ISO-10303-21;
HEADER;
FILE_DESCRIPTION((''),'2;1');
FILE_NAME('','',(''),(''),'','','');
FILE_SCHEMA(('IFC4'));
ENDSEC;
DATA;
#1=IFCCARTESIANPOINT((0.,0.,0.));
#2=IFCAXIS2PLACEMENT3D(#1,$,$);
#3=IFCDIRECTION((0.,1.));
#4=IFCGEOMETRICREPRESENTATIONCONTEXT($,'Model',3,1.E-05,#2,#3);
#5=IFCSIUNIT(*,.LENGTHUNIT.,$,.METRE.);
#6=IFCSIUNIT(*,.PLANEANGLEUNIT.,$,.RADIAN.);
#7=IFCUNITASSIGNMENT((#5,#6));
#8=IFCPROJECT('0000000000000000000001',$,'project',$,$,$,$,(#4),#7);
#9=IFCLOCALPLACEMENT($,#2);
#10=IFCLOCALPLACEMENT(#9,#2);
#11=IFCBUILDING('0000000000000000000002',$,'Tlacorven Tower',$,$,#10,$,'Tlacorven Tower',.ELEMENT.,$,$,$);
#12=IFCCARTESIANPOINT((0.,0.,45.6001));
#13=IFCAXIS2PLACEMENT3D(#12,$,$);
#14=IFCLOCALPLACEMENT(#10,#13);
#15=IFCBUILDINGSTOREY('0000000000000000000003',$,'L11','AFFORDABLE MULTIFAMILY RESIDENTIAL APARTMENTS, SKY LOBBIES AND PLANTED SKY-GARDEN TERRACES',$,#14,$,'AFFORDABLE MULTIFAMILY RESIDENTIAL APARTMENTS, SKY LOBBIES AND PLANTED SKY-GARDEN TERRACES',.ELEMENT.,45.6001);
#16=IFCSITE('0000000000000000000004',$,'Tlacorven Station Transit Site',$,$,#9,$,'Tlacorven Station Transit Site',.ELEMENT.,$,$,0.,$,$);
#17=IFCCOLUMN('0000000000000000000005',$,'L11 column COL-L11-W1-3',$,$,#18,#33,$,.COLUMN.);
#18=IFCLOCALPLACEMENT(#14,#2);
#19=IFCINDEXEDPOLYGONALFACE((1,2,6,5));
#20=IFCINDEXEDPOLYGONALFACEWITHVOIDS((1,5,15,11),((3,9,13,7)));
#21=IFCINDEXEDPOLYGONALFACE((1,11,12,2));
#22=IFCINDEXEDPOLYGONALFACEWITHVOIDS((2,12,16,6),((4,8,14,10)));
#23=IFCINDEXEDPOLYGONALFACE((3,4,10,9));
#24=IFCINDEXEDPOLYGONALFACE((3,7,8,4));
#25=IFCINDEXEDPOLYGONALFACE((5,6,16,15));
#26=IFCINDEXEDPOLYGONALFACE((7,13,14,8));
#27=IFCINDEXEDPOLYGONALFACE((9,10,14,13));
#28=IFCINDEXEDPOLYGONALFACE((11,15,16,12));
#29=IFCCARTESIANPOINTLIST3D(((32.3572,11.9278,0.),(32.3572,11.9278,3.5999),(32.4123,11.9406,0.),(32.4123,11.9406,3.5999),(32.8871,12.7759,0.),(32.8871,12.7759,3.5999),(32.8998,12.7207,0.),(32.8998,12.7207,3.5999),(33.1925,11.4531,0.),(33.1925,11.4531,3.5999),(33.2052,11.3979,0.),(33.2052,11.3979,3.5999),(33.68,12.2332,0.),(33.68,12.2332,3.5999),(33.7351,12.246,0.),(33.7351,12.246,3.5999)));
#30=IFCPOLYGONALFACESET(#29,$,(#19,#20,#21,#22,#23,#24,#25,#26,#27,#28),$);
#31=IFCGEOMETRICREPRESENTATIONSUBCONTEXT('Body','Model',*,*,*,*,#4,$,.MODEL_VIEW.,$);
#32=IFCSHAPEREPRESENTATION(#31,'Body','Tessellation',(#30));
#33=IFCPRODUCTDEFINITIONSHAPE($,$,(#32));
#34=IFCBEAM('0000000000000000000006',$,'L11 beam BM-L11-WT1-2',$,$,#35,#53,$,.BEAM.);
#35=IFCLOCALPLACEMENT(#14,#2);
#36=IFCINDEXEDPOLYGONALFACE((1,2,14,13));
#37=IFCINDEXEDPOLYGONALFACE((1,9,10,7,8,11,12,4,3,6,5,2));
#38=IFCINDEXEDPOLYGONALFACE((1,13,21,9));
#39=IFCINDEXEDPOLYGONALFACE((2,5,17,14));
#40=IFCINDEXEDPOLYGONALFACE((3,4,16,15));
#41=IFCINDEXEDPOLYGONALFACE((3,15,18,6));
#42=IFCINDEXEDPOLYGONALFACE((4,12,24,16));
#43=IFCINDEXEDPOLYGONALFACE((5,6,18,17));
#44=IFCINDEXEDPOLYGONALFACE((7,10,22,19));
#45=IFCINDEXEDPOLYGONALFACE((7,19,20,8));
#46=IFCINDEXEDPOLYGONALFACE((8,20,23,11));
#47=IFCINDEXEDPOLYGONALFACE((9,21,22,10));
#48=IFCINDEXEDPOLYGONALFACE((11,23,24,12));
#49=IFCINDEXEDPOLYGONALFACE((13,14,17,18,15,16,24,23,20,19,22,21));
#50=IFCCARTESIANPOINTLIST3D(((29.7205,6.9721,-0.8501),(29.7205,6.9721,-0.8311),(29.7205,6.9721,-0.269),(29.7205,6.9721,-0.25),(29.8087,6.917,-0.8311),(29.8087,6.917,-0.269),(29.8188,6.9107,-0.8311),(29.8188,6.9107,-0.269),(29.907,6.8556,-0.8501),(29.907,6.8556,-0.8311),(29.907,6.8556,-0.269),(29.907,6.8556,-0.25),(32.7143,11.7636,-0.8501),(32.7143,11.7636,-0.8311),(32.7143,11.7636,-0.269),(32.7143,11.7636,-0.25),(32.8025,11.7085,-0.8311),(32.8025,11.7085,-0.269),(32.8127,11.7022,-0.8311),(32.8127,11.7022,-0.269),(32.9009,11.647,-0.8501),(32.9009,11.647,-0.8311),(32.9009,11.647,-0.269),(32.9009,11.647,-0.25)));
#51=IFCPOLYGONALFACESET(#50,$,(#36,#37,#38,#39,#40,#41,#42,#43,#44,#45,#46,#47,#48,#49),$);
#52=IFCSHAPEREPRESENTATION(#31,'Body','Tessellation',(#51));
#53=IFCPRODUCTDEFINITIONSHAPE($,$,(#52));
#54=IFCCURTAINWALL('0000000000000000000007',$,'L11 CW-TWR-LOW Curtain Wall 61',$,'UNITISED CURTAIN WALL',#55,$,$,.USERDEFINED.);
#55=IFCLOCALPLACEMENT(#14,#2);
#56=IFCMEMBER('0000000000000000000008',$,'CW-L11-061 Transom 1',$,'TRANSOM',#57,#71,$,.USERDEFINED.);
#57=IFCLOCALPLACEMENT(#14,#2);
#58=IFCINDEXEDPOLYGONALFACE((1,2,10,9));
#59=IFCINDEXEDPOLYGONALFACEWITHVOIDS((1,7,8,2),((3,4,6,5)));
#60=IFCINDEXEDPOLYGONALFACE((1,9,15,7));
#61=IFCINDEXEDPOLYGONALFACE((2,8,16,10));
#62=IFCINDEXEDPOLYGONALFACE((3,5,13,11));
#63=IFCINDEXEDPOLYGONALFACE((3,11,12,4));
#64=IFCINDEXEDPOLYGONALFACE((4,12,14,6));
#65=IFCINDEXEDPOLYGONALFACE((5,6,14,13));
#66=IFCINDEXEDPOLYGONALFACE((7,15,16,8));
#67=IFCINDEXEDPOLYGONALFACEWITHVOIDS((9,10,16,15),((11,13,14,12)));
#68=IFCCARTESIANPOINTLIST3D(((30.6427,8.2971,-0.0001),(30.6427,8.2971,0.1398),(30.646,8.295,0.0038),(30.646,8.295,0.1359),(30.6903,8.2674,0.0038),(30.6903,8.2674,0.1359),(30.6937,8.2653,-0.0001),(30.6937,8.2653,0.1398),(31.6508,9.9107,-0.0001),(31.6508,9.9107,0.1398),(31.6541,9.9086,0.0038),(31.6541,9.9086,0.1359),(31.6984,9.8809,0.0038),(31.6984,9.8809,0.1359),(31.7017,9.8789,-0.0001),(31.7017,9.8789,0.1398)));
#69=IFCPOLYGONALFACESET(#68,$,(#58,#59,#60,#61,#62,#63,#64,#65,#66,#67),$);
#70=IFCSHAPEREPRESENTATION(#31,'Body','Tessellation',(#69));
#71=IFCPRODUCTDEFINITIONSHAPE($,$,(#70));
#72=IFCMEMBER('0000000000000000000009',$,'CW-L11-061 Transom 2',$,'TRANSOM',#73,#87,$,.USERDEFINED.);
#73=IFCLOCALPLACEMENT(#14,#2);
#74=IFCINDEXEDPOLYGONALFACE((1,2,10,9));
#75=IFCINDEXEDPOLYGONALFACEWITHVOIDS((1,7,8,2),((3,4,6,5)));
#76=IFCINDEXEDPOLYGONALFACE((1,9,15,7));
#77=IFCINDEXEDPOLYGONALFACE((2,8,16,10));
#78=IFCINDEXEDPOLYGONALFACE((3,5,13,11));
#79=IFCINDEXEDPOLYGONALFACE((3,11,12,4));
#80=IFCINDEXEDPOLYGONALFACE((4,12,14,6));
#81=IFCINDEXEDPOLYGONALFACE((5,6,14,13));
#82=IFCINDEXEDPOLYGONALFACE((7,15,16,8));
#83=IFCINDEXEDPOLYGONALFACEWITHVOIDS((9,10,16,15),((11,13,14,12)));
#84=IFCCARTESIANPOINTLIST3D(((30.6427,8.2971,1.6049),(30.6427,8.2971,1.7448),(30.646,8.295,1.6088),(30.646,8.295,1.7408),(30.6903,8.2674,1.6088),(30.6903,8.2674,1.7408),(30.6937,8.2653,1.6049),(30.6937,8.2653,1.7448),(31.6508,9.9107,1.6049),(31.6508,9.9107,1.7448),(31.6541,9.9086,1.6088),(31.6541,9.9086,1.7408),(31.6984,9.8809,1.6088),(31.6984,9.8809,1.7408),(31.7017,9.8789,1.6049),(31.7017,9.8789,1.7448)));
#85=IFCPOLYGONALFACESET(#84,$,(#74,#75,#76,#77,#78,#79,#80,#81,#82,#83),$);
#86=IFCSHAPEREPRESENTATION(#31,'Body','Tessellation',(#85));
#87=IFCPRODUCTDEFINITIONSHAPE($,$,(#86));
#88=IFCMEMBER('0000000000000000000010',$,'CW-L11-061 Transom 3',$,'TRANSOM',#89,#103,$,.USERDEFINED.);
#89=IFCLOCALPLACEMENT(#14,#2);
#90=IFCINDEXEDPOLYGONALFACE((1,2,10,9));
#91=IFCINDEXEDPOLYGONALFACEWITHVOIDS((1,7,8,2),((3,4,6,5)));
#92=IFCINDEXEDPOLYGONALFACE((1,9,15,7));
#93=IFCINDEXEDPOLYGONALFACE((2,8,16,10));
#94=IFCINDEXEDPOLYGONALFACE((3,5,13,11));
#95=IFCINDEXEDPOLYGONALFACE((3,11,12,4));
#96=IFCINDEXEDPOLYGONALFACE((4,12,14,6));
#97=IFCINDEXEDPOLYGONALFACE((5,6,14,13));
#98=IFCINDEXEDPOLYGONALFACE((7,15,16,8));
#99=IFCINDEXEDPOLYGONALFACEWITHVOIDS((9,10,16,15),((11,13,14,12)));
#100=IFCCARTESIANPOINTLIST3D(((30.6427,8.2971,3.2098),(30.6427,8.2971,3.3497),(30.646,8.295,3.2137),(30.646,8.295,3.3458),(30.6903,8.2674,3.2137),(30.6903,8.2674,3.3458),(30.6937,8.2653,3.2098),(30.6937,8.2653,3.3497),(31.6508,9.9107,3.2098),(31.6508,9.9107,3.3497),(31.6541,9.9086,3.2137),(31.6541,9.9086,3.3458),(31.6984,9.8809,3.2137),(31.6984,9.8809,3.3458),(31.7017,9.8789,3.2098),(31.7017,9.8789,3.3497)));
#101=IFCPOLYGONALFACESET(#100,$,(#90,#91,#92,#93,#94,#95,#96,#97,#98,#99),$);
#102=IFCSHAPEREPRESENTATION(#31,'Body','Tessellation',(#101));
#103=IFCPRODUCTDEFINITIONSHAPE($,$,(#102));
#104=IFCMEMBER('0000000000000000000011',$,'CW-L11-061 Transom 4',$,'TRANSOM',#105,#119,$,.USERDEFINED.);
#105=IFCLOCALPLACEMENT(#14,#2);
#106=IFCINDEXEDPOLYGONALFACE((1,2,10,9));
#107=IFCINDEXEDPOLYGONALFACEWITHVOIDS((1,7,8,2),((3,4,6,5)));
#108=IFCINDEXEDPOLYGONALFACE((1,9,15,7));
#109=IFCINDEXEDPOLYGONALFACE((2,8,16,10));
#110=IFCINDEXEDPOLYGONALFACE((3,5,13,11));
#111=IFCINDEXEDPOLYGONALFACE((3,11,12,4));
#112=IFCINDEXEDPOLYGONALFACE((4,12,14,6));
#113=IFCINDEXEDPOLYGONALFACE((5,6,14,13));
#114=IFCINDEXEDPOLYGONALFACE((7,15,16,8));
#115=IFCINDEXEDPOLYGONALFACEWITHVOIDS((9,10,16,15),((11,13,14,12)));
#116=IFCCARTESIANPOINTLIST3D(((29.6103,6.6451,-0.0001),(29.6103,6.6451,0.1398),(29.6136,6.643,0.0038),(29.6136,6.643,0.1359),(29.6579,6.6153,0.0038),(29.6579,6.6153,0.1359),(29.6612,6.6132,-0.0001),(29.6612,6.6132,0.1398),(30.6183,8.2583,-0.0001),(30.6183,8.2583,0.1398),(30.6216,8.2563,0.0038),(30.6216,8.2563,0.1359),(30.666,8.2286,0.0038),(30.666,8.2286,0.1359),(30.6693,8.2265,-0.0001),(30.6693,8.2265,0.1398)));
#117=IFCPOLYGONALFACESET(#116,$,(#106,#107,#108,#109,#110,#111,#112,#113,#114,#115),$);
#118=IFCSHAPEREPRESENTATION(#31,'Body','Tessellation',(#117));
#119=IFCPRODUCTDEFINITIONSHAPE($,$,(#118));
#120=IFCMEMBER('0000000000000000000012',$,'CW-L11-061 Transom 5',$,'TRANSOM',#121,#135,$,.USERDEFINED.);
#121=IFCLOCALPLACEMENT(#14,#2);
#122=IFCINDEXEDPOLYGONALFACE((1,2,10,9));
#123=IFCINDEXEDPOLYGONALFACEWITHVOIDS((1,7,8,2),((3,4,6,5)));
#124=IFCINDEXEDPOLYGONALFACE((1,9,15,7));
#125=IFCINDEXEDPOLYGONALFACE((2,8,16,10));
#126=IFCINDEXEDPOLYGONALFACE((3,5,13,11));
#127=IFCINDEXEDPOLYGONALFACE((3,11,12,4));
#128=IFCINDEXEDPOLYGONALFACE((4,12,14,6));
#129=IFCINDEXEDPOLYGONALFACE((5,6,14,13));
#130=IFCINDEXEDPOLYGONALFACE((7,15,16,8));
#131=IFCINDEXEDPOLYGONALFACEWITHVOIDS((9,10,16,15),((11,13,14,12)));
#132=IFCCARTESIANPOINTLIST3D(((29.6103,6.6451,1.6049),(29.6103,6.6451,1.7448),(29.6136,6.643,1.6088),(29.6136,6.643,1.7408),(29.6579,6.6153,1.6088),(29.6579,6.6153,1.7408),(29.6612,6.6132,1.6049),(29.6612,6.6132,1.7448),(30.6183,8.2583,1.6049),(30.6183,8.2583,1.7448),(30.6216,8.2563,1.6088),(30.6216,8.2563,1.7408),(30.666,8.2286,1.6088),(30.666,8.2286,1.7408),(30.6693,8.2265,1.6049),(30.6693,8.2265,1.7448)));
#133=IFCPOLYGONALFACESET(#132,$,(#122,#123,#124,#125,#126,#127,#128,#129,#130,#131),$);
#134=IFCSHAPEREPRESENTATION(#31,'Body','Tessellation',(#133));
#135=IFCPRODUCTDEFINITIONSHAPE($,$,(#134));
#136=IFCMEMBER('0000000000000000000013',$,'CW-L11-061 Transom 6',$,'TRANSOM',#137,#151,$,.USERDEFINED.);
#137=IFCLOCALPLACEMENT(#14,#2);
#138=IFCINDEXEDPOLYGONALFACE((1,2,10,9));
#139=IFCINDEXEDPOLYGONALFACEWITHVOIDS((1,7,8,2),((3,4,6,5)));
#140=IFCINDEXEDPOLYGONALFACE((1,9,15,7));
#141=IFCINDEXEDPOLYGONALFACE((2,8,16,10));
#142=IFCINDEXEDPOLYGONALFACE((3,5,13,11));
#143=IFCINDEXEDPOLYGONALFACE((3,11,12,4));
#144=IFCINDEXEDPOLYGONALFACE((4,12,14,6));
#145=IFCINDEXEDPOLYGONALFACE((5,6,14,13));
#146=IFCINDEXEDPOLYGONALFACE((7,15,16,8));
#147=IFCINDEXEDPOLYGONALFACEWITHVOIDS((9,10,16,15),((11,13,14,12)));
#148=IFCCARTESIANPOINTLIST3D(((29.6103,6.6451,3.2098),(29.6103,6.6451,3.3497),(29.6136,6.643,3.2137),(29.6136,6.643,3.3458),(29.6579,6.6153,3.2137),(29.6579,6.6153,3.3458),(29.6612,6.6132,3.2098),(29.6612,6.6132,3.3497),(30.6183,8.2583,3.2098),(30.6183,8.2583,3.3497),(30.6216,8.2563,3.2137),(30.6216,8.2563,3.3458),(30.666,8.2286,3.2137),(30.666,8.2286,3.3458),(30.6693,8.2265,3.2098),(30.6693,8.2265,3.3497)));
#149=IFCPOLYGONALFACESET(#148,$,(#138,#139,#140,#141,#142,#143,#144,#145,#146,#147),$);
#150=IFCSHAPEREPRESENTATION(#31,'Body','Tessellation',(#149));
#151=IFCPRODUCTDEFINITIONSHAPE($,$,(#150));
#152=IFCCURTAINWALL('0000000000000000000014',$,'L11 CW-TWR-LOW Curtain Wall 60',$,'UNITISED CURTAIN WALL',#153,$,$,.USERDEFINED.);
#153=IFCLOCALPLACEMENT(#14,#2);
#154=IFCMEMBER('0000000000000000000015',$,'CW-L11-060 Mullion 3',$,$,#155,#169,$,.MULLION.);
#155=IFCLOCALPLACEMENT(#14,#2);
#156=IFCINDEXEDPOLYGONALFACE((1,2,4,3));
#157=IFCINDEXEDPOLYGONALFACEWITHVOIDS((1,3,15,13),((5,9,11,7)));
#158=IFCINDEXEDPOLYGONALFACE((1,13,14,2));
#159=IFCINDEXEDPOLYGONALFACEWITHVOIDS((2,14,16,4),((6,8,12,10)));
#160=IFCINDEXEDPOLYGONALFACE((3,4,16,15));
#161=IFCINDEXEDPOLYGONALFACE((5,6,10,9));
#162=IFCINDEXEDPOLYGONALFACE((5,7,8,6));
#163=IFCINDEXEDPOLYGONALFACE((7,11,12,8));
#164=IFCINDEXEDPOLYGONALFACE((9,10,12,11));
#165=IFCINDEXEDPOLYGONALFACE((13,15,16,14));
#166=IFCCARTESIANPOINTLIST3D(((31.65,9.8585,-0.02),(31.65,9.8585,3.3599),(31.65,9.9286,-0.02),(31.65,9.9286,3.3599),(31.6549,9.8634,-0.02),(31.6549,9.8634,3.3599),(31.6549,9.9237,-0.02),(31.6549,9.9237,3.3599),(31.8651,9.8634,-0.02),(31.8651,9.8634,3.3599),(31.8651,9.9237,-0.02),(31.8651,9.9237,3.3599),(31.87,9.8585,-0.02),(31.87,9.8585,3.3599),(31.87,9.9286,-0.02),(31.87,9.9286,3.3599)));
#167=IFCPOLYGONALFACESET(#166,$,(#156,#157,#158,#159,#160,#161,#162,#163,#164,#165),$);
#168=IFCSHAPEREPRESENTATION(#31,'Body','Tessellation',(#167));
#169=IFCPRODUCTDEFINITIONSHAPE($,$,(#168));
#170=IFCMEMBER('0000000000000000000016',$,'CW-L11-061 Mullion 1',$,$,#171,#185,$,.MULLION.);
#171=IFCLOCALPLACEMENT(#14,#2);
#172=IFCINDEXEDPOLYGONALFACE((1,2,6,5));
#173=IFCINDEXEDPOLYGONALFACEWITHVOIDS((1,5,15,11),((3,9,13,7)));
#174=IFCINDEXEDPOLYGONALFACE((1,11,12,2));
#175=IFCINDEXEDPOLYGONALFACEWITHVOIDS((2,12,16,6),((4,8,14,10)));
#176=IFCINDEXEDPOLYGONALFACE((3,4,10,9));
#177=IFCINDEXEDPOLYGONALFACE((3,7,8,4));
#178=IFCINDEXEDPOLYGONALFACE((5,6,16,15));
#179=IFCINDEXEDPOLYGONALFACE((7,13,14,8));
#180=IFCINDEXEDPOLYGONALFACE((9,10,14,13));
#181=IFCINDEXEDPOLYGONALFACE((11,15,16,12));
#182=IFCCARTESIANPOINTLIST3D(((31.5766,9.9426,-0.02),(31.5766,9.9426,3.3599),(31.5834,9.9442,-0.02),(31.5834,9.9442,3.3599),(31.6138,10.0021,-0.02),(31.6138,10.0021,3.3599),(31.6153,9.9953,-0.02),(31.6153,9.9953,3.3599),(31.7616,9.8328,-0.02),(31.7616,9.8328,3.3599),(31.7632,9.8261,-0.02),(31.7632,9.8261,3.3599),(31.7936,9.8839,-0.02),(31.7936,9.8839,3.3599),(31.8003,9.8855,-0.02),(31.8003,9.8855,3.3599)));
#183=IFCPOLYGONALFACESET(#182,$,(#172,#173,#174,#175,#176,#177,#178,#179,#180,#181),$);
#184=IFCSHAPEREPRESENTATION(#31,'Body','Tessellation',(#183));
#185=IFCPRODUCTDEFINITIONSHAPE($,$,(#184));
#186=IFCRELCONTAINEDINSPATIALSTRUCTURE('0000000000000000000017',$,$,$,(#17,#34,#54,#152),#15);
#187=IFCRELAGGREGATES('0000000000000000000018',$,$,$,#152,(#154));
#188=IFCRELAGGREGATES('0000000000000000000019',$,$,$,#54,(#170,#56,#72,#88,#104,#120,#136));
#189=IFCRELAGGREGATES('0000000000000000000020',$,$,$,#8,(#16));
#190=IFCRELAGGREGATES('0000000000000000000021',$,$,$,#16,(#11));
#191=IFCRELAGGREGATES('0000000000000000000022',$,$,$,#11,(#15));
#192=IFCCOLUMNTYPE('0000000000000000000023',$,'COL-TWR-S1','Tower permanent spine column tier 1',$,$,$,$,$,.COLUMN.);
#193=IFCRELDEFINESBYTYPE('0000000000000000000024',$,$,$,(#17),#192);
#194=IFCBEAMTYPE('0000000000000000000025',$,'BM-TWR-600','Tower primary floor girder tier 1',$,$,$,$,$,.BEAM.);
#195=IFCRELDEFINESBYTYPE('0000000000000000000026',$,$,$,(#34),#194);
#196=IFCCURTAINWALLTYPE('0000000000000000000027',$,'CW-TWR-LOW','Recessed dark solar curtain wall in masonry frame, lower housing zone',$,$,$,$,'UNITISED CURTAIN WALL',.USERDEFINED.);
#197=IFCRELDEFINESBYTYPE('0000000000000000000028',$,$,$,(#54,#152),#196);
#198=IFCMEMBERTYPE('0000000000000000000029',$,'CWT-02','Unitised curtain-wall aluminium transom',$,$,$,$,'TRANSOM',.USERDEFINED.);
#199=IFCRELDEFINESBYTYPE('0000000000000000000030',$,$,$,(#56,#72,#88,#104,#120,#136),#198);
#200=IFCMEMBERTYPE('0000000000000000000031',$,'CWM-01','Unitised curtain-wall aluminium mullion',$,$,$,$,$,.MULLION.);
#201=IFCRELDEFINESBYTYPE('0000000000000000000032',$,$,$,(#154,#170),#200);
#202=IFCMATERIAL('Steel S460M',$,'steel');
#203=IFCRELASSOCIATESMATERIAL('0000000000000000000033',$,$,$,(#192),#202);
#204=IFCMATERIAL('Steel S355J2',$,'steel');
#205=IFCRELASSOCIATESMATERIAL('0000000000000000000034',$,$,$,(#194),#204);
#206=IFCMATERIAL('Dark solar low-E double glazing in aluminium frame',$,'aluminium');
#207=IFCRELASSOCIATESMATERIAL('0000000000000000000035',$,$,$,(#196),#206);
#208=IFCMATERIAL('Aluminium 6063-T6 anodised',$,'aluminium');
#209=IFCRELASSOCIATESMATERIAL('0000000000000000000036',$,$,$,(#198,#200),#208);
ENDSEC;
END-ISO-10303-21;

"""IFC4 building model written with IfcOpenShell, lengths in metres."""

from ifc_helpers import new_model, si_unit, direction, frame, origin, origin_2d, place, context, subcontext, project, spatial, hollow_rectangle, i_section, extrude, source, transform, mapped, material, material_profile, profile_set, type_object, element, aggregate, save


model = new_model("IFC4")

# Units and contexts
model_context = context("Model", 3, precision=1e-05, world=origin(), true_north=direction((0.0, 1.0)))
body_context = subcontext(model_context, "Body", "Model", "MODEL_VIEW")
ifc_project = project(units=[si_unit("LENGTHUNIT", "METRE"), si_unit("PLANEANGLEUNIT", "RADIAN")], contexts=[model_context])

# Site, building, storey
site_placement = place(None, origin())
site = spatial("IfcSite", under=ifc_project, at=site_placement, Name="Tlacorven Station Transit Site", LongName="Tlacorven Station Transit Site", CompositionType="ELEMENT", RefElevation=0.0)
building_placement = place(site_placement, origin())
building = spatial("IfcBuilding", under=site, at=building_placement, Name="Tlacorven Tower", LongName="Tlacorven Tower", CompositionType="ELEMENT")
storey_placement = place(building_placement, frame((0.0, 0.0, 45.6001)))
storey = spatial("IfcBuildingStorey", under=building, at=storey_placement, Name="L11", Description="AFFORDABLE MULTIFAMILY RESIDENTIAL APARTMENTS, SKY LOBBIES AND PLANTED SKY-GARDEN TERRACES", LongName="AFFORDABLE MULTIFAMILY RESIDENTIAL APARTMENTS, SKY LOBBIES AND PLANTED SKY-GARDEN TERRACES", CompositionType="ELEMENT", Elevation=45.6001)

# Column
ifc_material_1 = material(Name="Steel S460M", Category="steel")
ifc_material_profile_1 = material_profile(ifc_material_1, hollow_rectangle(XDim=1.0, YDim=1.0, WallThickness=0.04, at=origin_2d()), Name="BOX 1000X1000X40")
ifc_profile_set_1 = profile_set([ifc_material_profile_1], Name="Steel S460M")
column_type = type_object("IfcColumnType", Name="COL-TWR-S1", Description="Tower permanent spine column tier 1", PredefinedType="COLUMN", material=ifc_profile_set_1)
shared_shape_1 = source(origin(), body_context, "Body", "SweptSolid", [
    extrude(hollow_rectangle(XDim=1.0, YDim=1.0, WallThickness=0.04, at=origin_2d()), origin(), (0.0, 0.0, 1.0), 3.5999),
])
column_placement = place(storey_placement, frame((33.0461, 12.0869, 0.0), z_axis=(0.0, 0.0, 1.0), x_axis=(-0.848048, 0.529919, 0.0)))
element("IfcColumn", 1, at=column_placement, inside=storey, type_object=column_type, Name="L11 column COL-L11-W1-3", PredefinedType="COLUMN", context=body_context, shape_type="MappedRepresentation", body=[
    mapped(shared_shape_1, transform((0.0, 0.0, 0.0), scale=1.0)),
])

# Beam
ifc_material_2 = material(Name="Steel S355J2", Category="steel")
ifc_material_profile_2 = material_profile(ifc_material_2, i_section(OverallWidth=0.22, OverallDepth=0.6001, WebThickness=0.012, FlangeThickness=0.019, at=origin_2d()), Name="IPE 600")
ifc_profile_set_2 = profile_set([ifc_material_profile_2], Name="Steel S355J2")
beam_type = type_object("IfcBeamType", Name="BM-TWR-600", Description="Tower primary floor girder tier 1", PredefinedType="BEAM", material=ifc_profile_set_2)
shared_shape_2 = source(origin(), body_context, "Body", "SweptSolid", [
    extrude(i_section(OverallWidth=0.22, OverallDepth=0.6001, WebThickness=0.012, FlangeThickness=0.019, at=origin_2d()), origin(), (0.0, 0.0, 1.0), 5.6499),
])
beam_placement = place(storey_placement, frame((32.8076, 11.7053, -0.55), z_axis=(-0.529898, -0.848061, 0.0), x_axis=(0.848061, -0.529898, 0.0)))
element("IfcBeam", 2, at=beam_placement, inside=storey, type_object=beam_type, Name="L11 beam BM-L11-WT1-2", PredefinedType="BEAM", context=body_context, shape_type="MappedRepresentation", body=[
    mapped(shared_shape_2, transform((0.0, 0.0, 0.0), scale=1.0)),
])

# Curtain wall, members
ifc_material_3 = material(Name="Dark solar low-E double glazing in aluminium frame", Category="aluminium")
curtain_wall_type = type_object("IfcCurtainWallType", Name="CW-TWR-LOW", Description="Recessed dark solar curtain wall in masonry frame, lower housing zone", ElementType="UNITISED CURTAIN WALL", PredefinedType="USERDEFINED", material=ifc_material_3)
curtain_wall_1_placement = place(storey_placement, origin())
curtain_wall_1 = element("IfcCurtainWall", 3, at=curtain_wall_1_placement, inside=storey, type_object=curtain_wall_type, Name="L11 CW-TWR-LOW Curtain Wall 61", ObjectType="UNITISED CURTAIN WALL", PredefinedType="USERDEFINED")
ifc_material_4 = material(Name="Aluminium 6063-T6 anodised", Category="aluminium")
ifc_material_profile_3 = material_profile(ifc_material_4, hollow_rectangle(XDim=0.0601, YDim=0.1399, WallThickness=0.0039, at=origin_2d()), Name="ALU TRANSOM 60X140")
ifc_profile_set_3 = profile_set([ifc_material_profile_3], Name="Aluminium 6063-T6 anodised")
member_type_1 = type_object("IfcMemberType", Name="CWT-02", Description="Unitised curtain-wall aluminium transom", ElementType="TRANSOM", PredefinedType="USERDEFINED", material=ifc_profile_set_3)
shared_shape_3 = source(origin(), body_context, "Body", "SweptSolid", [
    extrude(hollow_rectangle(XDim=0.0601, YDim=0.1399, WallThickness=0.0039, at=origin_2d()), origin(), (0.0, 0.0, 1.0), 1.9026),
])
member_1_placement = place(storey_placement, frame((31.6763, 9.8948, 0.0698), z_axis=(-0.529849, -0.848092, 0.0), x_axis=(0.848092, -0.529849, 0.0)))
member_1 = element("IfcMember", 4, at=member_1_placement, type_object=member_type_1, Name="CW-L11-061 Transom 1", ObjectType="TRANSOM", PredefinedType="USERDEFINED", context=body_context, shape_type="MappedRepresentation", body=[
    mapped(shared_shape_3, transform((0.0, 0.0, 0.0), scale=1.0)),
])
member_2_placement = place(storey_placement, frame((31.6763, 9.8948, 1.6748), z_axis=(-0.529849, -0.848092, 0.0), x_axis=(0.848092, -0.529849, 0.0)))
member_2 = element("IfcMember", 5, at=member_2_placement, type_object=member_type_1, Name="CW-L11-061 Transom 2", ObjectType="TRANSOM", PredefinedType="USERDEFINED", context=body_context, shape_type="MappedRepresentation", body=[
    mapped(shared_shape_3, transform((0.0, 0.0, 0.0), scale=1.0)),
])
member_3_placement = place(storey_placement, frame((31.6763, 9.8948, 3.2798), z_axis=(-0.529849, -0.848092, 0.0), x_axis=(0.848092, -0.529849, 0.0)))
member_3 = element("IfcMember", 6, at=member_3_placement, type_object=member_type_1, Name="CW-L11-061 Transom 3", ObjectType="TRANSOM", PredefinedType="USERDEFINED", context=body_context, shape_type="MappedRepresentation", body=[
    mapped(shared_shape_3, transform((0.0, 0.0, 0.0), scale=1.0)),
])
shared_shape_4 = source(origin(), body_context, "Body", "SweptSolid", [
    extrude(hollow_rectangle(XDim=0.0601, YDim=0.1399, WallThickness=0.0039, at=origin_2d()), origin(), (0.0, 0.0, 1.0), 1.9023),
])
member_4_placement = place(storey_placement, frame((30.6438, 8.2424, 0.0698), z_axis=(-0.529907, -0.848056, 0.0), x_axis=(0.848056, -0.529907, 0.0)))
member_4 = element("IfcMember", 7, at=member_4_placement, type_object=member_type_1, Name="CW-L11-061 Transom 4", ObjectType="TRANSOM", PredefinedType="USERDEFINED", context=body_context, shape_type="MappedRepresentation", body=[
    mapped(shared_shape_4, transform((0.0, 0.0, 0.0), scale=1.0)),
])
member_5_placement = place(storey_placement, frame((30.6438, 8.2424, 1.6748), z_axis=(-0.529907, -0.848056, 0.0), x_axis=(0.848056, -0.529907, 0.0)))
member_5 = element("IfcMember", 8, at=member_5_placement, type_object=member_type_1, Name="CW-L11-061 Transom 5", ObjectType="TRANSOM", PredefinedType="USERDEFINED", context=body_context, shape_type="MappedRepresentation", body=[
    mapped(shared_shape_4, transform((0.0, 0.0, 0.0), scale=1.0)),
])
member_6_placement = place(storey_placement, frame((30.6438, 8.2424, 3.2798), z_axis=(-0.529907, -0.848056, 0.0), x_axis=(0.848056, -0.529907, 0.0)))
member_6 = element("IfcMember", 9, at=member_6_placement, type_object=member_type_1, Name="CW-L11-061 Transom 6", ObjectType="TRANSOM", PredefinedType="USERDEFINED", context=body_context, shape_type="MappedRepresentation", body=[
    mapped(shared_shape_4, transform((0.0, 0.0, 0.0), scale=1.0)),
])

# Curtain wall, member
curtain_wall_2_placement = place(storey_placement, origin())
curtain_wall_2 = element("IfcCurtainWall", 10, at=curtain_wall_2_placement, inside=storey, type_object=curtain_wall_type, Name="L11 CW-TWR-LOW Curtain Wall 60", ObjectType="UNITISED CURTAIN WALL", PredefinedType="USERDEFINED")
ifc_material_profile_4 = material_profile(ifc_material_4, hollow_rectangle(XDim=0.0701, YDim=0.22, WallThickness=0.0049, at=origin_2d()), Name="ALU MULLION 70X220")
ifc_profile_set_4 = profile_set([ifc_material_profile_4], Name="Aluminium 6063-T6 anodised")
member_type_2 = type_object("IfcMemberType", Name="CWM-01", Description="Unitised curtain-wall aluminium mullion", PredefinedType="MULLION", material=ifc_profile_set_4)
shared_shape_5 = source(origin(), body_context, "Body", "SweptSolid", [
    extrude(hollow_rectangle(XDim=0.0701, YDim=0.22, WallThickness=0.0049, at=origin_2d()), origin(), (0.0, 0.0, 1.0), 3.3799),
])
member_7_placement = place(storey_placement, frame((31.76, 9.8936, -0.02), z_axis=(0.0, 0.0, 1.0), x_axis=(0.0, 1.0, 0.0)))
member_7 = element("IfcMember", 11, at=member_7_placement, type_object=member_type_2, Name="CW-L11-060 Mullion 3", PredefinedType="MULLION", context=body_context, shape_type="MappedRepresentation", body=[
    mapped(shared_shape_5, transform((0.0, 0.0, 0.0), scale=1.0)),
])

# Member
member_8_placement = place(storey_placement, frame((31.6885, 9.9141, -0.02), z_axis=(0.0, 0.0, 1.0), x_axis=(-0.529919, -0.848048, 0.0)))
member_8 = element("IfcMember", 12, at=member_8_placement, type_object=member_type_2, Name="CW-L11-061 Mullion 1", PredefinedType="MULLION", context=body_context, shape_type="MappedRepresentation", body=[
    mapped(shared_shape_5, transform((0.0, 0.0, 0.0), scale=1.0)),
])

aggregate(curtain_wall_2, [member_7])
aggregate(curtain_wall_1, [member_8, member_1, member_2, member_3, member_4, member_5, member_6])

save(model, "model.ifc")
